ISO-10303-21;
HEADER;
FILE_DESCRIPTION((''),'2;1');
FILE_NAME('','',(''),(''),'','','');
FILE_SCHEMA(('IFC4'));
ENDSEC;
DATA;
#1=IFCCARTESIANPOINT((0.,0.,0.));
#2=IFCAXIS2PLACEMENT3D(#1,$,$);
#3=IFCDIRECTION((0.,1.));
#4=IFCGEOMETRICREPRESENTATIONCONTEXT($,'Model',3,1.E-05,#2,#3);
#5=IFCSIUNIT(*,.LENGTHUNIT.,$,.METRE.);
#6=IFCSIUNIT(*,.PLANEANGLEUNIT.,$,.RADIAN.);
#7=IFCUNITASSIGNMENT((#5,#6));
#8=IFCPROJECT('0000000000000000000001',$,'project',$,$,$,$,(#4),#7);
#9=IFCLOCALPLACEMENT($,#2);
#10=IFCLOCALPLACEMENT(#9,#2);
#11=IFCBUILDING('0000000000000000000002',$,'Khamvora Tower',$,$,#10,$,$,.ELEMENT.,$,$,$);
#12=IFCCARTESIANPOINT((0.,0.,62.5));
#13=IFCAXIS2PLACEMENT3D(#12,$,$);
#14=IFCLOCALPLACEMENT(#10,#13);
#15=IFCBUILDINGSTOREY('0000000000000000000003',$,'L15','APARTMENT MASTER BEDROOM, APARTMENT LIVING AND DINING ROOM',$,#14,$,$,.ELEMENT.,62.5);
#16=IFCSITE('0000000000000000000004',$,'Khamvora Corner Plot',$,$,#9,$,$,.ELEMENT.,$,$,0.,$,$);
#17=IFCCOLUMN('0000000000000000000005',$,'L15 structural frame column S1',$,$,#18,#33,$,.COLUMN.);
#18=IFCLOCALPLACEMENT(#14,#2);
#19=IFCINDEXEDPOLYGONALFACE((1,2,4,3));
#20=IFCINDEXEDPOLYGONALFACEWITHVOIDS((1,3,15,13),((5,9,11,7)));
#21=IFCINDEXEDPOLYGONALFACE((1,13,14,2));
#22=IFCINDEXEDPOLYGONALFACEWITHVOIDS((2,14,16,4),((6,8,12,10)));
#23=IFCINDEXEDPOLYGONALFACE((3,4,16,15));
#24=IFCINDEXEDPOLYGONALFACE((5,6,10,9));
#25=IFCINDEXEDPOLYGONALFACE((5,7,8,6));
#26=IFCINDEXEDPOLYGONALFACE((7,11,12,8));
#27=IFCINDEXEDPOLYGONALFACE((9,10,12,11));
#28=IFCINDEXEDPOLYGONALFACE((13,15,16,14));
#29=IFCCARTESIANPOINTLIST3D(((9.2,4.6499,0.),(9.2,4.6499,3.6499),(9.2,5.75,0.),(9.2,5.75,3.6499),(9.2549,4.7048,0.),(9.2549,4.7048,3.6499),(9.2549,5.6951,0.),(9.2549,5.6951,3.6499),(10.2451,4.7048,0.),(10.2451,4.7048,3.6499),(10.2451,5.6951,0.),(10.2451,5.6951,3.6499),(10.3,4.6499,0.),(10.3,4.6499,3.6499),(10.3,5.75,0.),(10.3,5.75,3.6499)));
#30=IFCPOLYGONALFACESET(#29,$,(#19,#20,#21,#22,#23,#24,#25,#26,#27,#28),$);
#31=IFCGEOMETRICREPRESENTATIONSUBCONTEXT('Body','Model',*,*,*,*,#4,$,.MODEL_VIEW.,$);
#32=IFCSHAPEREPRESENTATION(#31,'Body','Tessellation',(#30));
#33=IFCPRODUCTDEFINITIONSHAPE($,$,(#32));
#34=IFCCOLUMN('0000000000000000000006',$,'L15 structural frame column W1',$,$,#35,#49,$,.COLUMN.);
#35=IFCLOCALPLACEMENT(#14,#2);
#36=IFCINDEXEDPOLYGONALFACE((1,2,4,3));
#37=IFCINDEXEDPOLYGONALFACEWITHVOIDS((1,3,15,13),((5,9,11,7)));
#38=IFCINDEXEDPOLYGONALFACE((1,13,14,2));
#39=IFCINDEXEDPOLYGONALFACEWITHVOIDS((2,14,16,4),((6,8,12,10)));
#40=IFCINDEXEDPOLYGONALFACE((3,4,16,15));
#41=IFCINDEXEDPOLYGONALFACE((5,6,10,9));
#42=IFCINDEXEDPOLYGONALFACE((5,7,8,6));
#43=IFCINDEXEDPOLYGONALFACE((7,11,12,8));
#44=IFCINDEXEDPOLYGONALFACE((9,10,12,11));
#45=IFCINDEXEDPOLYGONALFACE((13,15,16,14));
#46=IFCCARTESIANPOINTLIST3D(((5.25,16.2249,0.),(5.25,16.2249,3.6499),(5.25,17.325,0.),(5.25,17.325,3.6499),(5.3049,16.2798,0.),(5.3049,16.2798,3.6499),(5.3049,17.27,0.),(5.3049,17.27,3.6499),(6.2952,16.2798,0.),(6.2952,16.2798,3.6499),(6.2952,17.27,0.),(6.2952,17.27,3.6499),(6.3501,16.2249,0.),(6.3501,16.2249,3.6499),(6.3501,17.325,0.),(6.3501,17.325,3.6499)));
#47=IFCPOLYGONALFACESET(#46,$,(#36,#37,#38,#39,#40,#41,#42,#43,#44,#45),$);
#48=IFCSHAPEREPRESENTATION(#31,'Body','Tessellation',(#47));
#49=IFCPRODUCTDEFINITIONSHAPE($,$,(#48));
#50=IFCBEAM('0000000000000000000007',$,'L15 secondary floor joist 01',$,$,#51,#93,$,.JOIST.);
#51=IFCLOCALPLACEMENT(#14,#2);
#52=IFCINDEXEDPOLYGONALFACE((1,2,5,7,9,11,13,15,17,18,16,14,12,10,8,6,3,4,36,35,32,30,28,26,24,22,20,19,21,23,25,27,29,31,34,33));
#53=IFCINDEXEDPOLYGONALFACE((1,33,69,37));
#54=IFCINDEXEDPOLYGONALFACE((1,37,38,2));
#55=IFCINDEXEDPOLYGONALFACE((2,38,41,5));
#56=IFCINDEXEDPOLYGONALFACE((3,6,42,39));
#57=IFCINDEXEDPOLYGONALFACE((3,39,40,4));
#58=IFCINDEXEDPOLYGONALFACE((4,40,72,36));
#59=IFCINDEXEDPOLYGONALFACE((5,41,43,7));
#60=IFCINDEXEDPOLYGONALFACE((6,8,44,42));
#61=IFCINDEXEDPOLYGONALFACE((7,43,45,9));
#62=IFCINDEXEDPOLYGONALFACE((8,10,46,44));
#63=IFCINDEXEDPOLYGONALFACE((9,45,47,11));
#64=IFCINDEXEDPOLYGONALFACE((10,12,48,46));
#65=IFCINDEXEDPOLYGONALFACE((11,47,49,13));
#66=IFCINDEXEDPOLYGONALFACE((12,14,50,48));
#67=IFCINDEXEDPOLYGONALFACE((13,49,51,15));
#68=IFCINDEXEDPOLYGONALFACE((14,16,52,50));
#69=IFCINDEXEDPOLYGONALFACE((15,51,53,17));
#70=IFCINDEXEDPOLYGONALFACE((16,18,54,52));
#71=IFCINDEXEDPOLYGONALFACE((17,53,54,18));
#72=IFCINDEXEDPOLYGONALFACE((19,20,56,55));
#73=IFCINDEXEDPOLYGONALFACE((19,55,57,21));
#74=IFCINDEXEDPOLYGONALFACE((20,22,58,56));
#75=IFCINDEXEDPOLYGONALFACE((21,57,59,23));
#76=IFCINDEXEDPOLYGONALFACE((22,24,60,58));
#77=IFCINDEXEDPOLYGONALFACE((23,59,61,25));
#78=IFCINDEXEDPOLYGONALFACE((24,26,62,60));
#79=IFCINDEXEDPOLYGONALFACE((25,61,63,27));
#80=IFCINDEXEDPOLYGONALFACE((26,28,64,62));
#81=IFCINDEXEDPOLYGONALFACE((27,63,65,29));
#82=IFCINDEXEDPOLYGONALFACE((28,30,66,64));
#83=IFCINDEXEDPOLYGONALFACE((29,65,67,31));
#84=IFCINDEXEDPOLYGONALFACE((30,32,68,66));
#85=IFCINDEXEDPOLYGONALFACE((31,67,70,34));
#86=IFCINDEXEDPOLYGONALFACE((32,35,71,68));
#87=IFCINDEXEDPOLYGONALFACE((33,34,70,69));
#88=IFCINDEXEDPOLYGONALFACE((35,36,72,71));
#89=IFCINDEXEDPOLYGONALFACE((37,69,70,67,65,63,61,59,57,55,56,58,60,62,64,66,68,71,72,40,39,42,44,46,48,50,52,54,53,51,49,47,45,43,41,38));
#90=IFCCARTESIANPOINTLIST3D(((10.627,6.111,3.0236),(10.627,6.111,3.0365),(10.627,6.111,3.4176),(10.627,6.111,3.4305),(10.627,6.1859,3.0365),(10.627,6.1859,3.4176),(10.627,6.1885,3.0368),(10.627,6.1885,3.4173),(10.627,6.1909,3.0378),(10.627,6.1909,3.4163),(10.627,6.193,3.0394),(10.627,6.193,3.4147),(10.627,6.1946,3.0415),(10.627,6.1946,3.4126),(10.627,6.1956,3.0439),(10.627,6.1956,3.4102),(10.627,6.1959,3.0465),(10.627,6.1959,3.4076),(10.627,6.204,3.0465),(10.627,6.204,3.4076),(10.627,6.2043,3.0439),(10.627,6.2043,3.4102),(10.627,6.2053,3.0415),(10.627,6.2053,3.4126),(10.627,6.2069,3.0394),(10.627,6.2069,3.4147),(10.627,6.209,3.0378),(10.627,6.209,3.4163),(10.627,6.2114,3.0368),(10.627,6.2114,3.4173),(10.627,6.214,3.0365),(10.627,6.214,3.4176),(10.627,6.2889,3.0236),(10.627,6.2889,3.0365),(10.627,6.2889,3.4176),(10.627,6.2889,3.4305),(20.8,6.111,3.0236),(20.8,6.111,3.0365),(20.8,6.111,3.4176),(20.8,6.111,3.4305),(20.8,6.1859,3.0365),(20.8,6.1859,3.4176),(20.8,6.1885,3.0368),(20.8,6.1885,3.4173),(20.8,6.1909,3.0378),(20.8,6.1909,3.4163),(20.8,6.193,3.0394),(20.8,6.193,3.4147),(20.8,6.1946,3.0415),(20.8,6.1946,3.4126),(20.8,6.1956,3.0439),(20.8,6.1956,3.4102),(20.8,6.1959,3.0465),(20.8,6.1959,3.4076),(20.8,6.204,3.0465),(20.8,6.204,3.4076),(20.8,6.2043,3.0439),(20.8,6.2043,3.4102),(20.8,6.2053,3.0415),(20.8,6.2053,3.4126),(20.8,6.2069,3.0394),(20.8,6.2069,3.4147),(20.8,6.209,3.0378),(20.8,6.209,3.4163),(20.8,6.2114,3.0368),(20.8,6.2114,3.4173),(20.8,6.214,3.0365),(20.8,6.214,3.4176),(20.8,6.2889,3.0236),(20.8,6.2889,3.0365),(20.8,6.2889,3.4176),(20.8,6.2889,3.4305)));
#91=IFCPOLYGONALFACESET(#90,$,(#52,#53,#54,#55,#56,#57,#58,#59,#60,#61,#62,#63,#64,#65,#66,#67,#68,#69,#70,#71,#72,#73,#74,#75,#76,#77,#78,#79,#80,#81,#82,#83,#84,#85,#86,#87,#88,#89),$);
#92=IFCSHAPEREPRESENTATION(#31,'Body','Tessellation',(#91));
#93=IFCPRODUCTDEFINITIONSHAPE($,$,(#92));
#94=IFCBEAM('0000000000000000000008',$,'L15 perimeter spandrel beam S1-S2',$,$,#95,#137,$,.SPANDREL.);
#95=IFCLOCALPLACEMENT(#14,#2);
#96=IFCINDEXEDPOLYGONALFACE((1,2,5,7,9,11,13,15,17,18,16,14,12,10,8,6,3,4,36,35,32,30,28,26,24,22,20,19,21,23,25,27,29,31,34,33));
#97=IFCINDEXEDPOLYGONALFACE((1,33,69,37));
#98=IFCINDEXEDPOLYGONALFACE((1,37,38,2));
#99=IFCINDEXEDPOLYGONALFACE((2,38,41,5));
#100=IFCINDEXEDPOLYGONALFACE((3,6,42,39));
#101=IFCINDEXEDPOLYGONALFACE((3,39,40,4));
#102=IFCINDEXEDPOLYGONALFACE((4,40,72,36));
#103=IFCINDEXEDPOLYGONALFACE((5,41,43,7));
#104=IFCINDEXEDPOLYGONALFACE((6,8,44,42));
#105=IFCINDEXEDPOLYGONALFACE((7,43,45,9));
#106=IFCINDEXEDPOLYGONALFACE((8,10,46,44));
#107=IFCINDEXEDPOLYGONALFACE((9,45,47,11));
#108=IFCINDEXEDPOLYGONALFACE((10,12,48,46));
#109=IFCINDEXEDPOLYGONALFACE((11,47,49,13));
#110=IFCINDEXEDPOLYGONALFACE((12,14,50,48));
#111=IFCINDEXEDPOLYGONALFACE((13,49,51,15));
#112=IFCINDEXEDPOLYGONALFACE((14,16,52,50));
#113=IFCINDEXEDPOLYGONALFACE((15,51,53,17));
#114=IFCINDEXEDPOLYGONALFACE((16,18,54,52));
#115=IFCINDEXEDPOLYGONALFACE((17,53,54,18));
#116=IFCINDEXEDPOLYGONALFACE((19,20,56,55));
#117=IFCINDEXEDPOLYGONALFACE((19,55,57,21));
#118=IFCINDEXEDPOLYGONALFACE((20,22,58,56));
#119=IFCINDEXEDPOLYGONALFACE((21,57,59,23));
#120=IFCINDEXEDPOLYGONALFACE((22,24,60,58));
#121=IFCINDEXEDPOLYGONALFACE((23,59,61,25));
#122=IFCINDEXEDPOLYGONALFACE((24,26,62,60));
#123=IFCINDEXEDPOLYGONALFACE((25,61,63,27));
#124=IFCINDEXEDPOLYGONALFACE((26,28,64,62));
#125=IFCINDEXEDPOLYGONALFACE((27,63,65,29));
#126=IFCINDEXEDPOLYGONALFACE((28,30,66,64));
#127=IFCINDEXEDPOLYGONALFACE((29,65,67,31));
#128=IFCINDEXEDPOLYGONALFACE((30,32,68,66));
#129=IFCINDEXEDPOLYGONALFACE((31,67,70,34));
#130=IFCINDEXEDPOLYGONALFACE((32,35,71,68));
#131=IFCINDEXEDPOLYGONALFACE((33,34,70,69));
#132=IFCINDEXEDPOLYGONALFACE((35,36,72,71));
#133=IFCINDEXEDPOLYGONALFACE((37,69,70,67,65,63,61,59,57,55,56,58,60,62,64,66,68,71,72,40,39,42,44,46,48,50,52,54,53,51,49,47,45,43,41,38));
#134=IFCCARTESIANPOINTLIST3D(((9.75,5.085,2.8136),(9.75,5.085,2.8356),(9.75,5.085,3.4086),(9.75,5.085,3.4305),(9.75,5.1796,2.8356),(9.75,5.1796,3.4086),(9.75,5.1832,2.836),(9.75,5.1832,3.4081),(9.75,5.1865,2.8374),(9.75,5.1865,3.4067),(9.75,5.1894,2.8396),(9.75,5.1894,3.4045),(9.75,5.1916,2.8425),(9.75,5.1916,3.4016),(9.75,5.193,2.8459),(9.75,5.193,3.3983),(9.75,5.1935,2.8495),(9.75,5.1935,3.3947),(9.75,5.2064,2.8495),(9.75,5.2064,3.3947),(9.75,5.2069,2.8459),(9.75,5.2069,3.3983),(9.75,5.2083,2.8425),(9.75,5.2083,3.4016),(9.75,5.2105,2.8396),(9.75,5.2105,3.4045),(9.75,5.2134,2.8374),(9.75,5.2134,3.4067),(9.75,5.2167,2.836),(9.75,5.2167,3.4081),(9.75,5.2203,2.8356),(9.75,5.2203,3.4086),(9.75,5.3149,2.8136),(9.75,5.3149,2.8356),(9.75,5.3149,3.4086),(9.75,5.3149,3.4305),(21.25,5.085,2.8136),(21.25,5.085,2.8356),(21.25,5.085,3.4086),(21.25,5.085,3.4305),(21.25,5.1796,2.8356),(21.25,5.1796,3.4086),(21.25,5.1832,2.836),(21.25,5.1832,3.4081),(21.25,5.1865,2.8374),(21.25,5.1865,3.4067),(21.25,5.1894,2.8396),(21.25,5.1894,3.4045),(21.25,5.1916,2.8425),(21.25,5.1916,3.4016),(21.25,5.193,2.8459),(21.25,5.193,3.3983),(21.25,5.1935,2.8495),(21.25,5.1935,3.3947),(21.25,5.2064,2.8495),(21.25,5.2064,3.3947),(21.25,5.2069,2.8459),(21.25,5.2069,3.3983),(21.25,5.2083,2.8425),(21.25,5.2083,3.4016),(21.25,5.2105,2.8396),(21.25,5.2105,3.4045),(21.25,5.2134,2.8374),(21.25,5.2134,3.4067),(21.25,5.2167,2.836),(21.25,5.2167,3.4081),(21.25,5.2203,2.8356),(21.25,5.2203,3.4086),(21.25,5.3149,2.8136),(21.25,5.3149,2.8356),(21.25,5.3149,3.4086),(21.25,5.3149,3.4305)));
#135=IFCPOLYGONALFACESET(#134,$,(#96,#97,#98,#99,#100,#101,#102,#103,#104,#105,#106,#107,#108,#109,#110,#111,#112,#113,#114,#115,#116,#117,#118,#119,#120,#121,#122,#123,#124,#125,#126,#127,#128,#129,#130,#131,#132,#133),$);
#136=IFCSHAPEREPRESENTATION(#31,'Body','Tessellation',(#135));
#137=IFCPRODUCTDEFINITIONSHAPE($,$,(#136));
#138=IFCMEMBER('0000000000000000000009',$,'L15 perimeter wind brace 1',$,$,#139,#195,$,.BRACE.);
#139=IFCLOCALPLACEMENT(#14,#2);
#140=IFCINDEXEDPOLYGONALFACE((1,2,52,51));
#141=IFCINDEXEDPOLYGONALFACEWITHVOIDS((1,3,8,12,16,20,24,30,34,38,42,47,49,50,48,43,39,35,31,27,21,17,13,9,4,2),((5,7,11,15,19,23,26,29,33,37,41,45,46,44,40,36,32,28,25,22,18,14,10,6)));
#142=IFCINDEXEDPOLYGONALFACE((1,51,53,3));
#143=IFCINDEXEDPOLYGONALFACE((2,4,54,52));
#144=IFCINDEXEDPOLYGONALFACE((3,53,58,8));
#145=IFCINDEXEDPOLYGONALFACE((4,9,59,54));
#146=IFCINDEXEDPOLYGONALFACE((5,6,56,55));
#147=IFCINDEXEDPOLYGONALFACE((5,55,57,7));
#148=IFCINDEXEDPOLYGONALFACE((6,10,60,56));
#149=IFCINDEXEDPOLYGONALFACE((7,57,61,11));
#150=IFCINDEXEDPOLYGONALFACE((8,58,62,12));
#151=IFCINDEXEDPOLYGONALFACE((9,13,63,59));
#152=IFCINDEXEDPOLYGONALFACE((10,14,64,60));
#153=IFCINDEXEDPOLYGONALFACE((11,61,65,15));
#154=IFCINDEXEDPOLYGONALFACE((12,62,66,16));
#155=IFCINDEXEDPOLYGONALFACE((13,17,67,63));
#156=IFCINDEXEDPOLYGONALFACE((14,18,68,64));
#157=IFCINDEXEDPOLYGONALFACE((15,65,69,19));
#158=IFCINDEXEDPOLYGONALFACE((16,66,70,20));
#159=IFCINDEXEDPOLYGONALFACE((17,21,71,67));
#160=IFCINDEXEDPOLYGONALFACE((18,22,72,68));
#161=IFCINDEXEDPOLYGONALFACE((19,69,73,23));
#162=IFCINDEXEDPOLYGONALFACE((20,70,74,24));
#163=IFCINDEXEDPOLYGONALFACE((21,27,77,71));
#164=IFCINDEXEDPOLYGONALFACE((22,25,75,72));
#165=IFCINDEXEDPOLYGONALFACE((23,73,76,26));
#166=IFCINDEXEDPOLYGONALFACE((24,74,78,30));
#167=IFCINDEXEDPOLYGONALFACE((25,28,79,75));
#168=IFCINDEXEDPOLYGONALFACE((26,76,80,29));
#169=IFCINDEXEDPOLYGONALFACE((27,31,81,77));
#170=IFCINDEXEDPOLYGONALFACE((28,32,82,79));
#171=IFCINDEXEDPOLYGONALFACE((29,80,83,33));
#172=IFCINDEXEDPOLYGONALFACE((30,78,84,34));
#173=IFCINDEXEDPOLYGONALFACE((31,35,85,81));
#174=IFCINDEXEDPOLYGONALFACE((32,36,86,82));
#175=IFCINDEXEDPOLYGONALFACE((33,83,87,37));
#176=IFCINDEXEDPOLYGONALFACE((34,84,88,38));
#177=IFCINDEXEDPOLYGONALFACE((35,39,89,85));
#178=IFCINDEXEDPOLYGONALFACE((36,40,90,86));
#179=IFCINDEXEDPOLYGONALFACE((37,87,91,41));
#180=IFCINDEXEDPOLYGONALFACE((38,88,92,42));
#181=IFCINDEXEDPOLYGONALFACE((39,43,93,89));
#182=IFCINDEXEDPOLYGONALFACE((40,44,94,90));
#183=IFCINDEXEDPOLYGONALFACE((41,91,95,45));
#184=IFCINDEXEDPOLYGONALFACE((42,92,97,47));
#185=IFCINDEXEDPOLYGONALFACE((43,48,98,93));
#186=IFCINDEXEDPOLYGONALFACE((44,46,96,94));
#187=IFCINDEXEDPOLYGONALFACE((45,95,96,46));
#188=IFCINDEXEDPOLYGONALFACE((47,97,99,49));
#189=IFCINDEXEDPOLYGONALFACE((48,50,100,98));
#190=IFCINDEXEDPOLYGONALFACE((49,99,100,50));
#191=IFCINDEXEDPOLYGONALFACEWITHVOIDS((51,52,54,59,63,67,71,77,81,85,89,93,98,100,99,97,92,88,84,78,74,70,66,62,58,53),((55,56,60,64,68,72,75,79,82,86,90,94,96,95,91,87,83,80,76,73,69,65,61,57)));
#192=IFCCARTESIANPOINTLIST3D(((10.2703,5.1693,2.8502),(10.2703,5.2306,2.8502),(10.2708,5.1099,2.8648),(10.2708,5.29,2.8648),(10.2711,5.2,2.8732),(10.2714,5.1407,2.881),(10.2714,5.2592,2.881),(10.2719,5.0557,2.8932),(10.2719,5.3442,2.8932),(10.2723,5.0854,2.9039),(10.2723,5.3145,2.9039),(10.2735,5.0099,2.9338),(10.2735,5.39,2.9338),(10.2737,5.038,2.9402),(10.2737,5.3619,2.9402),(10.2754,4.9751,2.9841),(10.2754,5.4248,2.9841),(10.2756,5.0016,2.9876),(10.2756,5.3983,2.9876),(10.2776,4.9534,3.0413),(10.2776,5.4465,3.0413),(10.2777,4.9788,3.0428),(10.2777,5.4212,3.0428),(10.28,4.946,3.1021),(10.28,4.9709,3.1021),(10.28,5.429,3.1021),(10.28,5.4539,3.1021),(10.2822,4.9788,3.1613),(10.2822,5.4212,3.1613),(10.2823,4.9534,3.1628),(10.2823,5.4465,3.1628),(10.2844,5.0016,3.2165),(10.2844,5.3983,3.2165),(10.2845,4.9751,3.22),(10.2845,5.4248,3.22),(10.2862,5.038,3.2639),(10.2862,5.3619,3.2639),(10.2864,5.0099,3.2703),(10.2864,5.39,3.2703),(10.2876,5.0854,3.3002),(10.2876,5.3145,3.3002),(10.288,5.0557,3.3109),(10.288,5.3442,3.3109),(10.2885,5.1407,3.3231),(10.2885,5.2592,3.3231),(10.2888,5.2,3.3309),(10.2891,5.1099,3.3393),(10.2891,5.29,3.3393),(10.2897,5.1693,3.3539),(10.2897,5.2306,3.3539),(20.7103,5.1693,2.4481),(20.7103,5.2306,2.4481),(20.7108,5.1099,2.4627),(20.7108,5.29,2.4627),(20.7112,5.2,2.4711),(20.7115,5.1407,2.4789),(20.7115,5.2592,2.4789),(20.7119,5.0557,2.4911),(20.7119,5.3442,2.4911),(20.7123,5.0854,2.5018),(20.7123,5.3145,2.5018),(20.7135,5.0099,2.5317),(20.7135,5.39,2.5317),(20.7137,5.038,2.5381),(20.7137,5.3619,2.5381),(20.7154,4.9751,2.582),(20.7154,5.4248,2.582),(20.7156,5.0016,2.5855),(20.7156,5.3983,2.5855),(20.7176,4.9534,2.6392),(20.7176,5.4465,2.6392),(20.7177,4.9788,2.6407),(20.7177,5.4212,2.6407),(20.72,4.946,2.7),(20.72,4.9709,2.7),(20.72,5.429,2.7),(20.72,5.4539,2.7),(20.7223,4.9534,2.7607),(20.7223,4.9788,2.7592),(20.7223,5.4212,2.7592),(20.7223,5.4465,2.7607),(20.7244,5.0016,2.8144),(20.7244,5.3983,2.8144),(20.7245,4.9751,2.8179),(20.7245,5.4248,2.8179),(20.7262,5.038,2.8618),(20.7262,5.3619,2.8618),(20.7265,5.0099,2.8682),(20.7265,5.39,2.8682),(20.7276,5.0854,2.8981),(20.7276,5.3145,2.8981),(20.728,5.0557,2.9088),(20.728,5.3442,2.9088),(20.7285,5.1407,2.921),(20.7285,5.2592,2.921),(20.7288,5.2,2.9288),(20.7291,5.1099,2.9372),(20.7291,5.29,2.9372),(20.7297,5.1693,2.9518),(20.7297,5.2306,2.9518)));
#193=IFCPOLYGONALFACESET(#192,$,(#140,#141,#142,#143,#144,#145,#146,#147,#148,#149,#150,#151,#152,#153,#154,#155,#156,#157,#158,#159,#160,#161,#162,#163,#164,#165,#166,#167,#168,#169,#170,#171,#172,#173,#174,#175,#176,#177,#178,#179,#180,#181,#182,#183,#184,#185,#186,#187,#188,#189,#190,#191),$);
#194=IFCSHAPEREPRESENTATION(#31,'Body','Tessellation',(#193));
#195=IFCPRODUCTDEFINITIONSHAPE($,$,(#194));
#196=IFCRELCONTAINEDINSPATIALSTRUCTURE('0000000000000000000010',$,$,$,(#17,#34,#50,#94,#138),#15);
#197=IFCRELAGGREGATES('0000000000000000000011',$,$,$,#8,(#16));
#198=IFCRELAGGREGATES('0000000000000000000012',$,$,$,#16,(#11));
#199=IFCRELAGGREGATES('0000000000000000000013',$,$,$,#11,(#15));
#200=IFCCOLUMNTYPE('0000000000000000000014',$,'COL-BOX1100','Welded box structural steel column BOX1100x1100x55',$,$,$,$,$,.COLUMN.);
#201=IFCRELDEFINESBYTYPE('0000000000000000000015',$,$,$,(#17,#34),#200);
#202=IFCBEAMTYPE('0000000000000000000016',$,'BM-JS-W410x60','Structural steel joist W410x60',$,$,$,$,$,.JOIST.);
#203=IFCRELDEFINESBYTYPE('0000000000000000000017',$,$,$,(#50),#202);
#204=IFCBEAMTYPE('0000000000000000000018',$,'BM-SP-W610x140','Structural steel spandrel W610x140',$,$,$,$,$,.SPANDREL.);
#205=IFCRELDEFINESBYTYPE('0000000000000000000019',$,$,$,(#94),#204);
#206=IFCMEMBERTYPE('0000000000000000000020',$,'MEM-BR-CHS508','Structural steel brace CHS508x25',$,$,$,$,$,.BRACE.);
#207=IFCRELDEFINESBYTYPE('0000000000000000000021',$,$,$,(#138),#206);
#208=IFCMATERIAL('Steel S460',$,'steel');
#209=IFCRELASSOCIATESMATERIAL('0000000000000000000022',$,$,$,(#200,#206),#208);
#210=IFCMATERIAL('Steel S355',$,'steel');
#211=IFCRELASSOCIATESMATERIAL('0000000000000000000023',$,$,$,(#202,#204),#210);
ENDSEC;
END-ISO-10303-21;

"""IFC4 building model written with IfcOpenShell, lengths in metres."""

from ifc_helpers import new_model, si_unit, direction, frame, origin, origin_2d, place, context, subcontext, project, spatial, hollow_rectangle, hollow_circle, i_section, extrude, material, material_profile, profile_set, type_object, element, save


model = new_model("IFC4")

# Units and contexts
model_context = context("Model", 3, precision=1e-05, world=origin(), true_north=direction((0.0, 1.0)))
body_context = subcontext(model_context, "Body", "Model", "MODEL_VIEW")
ifc_project = project(units=[si_unit("LENGTHUNIT", "METRE"), si_unit("PLANEANGLEUNIT", "RADIAN")], contexts=[model_context])

# Site, building, storey
site_placement = place(None, origin())
site = spatial("IfcSite", under=ifc_project, at=site_placement, Name="Khamvora Corner Plot", CompositionType="ELEMENT", RefElevation=0.0)
building_placement = place(site_placement, origin())
building = spatial("IfcBuilding", under=site, at=building_placement, Name="Khamvora Tower", CompositionType="ELEMENT")
storey_placement = place(building_placement, frame((0.0, 0.0, 62.5)))
storey = spatial("IfcBuildingStorey", under=building, at=storey_placement, Name="L15", Description="APARTMENT MASTER BEDROOM, APARTMENT LIVING AND DINING ROOM", CompositionType="ELEMENT", Elevation=62.5)

# Columns
ifc_material_1 = material(Name="Steel S460", Category="steel")
ifc_material_profile_1 = material_profile(ifc_material_1, hollow_rectangle(XDim=1.1001, YDim=1.1001, WallThickness=0.0549, at=origin_2d()), Name="BOX1100x1100x55")
ifc_profile_set_1 = profile_set([ifc_material_profile_1], Name="Steel S460")
column_type = type_object("IfcColumnType", Name="COL-BOX1100", Description="Welded box structural steel column BOX1100x1100x55", PredefinedType="COLUMN", material=ifc_profile_set_1)
for number, where, z_axis, x_axis, name in (
    (1, (9.75, 5.2, 0.0), (0.0, 0.0, 1.0), (1.0, 0.0, 0.0), "L15 structural frame column S1"),
    (2, (5.8, 16.7749, 0.0), (0.0, 0.0, 1.0), (1.0, 0.0, 0.0), "L15 structural frame column W1"),
):
    element("IfcColumn", number, at=place(storey_placement, frame(where, z_axis=z_axis, x_axis=x_axis)), inside=storey, type_object=column_type, Name=name, PredefinedType="COLUMN", context=body_context, shape_type="SweptSolid", body=[
        extrude(hollow_rectangle(XDim=1.1001, YDim=1.1001, WallThickness=0.0549, at=origin_2d()), origin(), (0.0, 0.0, 1.0), 3.6499),
    ])

# Beams
ifc_material_2 = material(Name="Steel S355", Category="steel")
ifc_material_profile_2 = material_profile(ifc_material_2, i_section(OverallWidth=0.178, OverallDepth=0.407, WebThickness=0.0081, FlangeThickness=0.0129, FilletRadius=0.01, at=origin_2d()), Name="W410x60")
ifc_profile_set_2 = profile_set([ifc_material_profile_2], Name="Steel S355")
beam_type_1 = type_object("IfcBeamType", Name="BM-JS-W410x60", Description="Structural steel joist W410x60", PredefinedType="JOIST", material=ifc_profile_set_2)
beam_1_placement = place(storey_placement, frame((10.627, 6.2, 3.2271), z_axis=(1.0, 0.0, 0.0), x_axis=(0.0, 1.0, 0.0)))
element("IfcBeam", 3, at=beam_1_placement, inside=storey, type_object=beam_type_1, Name="L15 secondary floor joist 01", PredefinedType="JOIST", context=body_context, shape_type="SweptSolid", body=[
    extrude(i_section(OverallWidth=0.178, OverallDepth=0.407, WebThickness=0.0081, FlangeThickness=0.0129, FilletRadius=0.01, at=origin_2d()), origin(), (0.0, 0.0, 1.0), 10.1731),
])
ifc_material_profile_3 = material_profile(ifc_material_2, i_section(OverallWidth=0.23, OverallDepth=0.6169, WebThickness=0.0129, FlangeThickness=0.022, FilletRadius=0.0139, at=origin_2d()), Name="W610x140")
ifc_profile_set_3 = profile_set([ifc_material_profile_3], Name="Steel S355")
beam_type_2 = type_object("IfcBeamType", Name="BM-SP-W610x140", Description="Structural steel spandrel W610x140", PredefinedType="SPANDREL", material=ifc_profile_set_3)
beam_2_placement = place(storey_placement, frame((9.75, 5.2, 3.1221), z_axis=(1.0, 0.0, 0.0), x_axis=(0.0, 1.0, 0.0)))
element("IfcBeam", 4, at=beam_2_placement, inside=storey, type_object=beam_type_2, Name="L15 perimeter spandrel beam S1-S2", PredefinedType="SPANDREL", context=body_context, shape_type="SweptSolid", body=[
    extrude(i_section(OverallWidth=0.23, OverallDepth=0.6169, WebThickness=0.0129, FlangeThickness=0.022, FilletRadius=0.0139, at=origin_2d()), origin(), (0.0, 0.0, 1.0), 11.5),
])

# Member
ifc_material_profile_4 = material_profile(ifc_material_1, hollow_circle(Radius=0.2539, WallThickness=0.0249, at=origin_2d()), Name="CHS508x25")
ifc_profile_set_4 = profile_set([ifc_material_profile_4], Name="Steel S460")
member_type = type_object("IfcMemberType", Name="MEM-BR-CHS508", Description="Structural steel brace CHS508x25", PredefinedType="BRACE", material=ifc_profile_set_4)
member_placement = place(storey_placement, frame((20.72, 5.2, 2.7), z_axis=(-0.999259, 0.0, 0.038487), x_axis=(0.0, -1.0, 0.0)))
element("IfcMember", 5, at=member_placement, inside=storey, type_object=member_type, Name="L15 perimeter wind brace 1", PredefinedType="BRACE", context=body_context, shape_type="SweptSolid", body=[
    extrude(hollow_circle(Radius=0.2539, WallThickness=0.0249, at=origin_2d()), origin(), (0.0, 0.0, 1.0), 10.4478),
])

save(model, "model.ifc")
